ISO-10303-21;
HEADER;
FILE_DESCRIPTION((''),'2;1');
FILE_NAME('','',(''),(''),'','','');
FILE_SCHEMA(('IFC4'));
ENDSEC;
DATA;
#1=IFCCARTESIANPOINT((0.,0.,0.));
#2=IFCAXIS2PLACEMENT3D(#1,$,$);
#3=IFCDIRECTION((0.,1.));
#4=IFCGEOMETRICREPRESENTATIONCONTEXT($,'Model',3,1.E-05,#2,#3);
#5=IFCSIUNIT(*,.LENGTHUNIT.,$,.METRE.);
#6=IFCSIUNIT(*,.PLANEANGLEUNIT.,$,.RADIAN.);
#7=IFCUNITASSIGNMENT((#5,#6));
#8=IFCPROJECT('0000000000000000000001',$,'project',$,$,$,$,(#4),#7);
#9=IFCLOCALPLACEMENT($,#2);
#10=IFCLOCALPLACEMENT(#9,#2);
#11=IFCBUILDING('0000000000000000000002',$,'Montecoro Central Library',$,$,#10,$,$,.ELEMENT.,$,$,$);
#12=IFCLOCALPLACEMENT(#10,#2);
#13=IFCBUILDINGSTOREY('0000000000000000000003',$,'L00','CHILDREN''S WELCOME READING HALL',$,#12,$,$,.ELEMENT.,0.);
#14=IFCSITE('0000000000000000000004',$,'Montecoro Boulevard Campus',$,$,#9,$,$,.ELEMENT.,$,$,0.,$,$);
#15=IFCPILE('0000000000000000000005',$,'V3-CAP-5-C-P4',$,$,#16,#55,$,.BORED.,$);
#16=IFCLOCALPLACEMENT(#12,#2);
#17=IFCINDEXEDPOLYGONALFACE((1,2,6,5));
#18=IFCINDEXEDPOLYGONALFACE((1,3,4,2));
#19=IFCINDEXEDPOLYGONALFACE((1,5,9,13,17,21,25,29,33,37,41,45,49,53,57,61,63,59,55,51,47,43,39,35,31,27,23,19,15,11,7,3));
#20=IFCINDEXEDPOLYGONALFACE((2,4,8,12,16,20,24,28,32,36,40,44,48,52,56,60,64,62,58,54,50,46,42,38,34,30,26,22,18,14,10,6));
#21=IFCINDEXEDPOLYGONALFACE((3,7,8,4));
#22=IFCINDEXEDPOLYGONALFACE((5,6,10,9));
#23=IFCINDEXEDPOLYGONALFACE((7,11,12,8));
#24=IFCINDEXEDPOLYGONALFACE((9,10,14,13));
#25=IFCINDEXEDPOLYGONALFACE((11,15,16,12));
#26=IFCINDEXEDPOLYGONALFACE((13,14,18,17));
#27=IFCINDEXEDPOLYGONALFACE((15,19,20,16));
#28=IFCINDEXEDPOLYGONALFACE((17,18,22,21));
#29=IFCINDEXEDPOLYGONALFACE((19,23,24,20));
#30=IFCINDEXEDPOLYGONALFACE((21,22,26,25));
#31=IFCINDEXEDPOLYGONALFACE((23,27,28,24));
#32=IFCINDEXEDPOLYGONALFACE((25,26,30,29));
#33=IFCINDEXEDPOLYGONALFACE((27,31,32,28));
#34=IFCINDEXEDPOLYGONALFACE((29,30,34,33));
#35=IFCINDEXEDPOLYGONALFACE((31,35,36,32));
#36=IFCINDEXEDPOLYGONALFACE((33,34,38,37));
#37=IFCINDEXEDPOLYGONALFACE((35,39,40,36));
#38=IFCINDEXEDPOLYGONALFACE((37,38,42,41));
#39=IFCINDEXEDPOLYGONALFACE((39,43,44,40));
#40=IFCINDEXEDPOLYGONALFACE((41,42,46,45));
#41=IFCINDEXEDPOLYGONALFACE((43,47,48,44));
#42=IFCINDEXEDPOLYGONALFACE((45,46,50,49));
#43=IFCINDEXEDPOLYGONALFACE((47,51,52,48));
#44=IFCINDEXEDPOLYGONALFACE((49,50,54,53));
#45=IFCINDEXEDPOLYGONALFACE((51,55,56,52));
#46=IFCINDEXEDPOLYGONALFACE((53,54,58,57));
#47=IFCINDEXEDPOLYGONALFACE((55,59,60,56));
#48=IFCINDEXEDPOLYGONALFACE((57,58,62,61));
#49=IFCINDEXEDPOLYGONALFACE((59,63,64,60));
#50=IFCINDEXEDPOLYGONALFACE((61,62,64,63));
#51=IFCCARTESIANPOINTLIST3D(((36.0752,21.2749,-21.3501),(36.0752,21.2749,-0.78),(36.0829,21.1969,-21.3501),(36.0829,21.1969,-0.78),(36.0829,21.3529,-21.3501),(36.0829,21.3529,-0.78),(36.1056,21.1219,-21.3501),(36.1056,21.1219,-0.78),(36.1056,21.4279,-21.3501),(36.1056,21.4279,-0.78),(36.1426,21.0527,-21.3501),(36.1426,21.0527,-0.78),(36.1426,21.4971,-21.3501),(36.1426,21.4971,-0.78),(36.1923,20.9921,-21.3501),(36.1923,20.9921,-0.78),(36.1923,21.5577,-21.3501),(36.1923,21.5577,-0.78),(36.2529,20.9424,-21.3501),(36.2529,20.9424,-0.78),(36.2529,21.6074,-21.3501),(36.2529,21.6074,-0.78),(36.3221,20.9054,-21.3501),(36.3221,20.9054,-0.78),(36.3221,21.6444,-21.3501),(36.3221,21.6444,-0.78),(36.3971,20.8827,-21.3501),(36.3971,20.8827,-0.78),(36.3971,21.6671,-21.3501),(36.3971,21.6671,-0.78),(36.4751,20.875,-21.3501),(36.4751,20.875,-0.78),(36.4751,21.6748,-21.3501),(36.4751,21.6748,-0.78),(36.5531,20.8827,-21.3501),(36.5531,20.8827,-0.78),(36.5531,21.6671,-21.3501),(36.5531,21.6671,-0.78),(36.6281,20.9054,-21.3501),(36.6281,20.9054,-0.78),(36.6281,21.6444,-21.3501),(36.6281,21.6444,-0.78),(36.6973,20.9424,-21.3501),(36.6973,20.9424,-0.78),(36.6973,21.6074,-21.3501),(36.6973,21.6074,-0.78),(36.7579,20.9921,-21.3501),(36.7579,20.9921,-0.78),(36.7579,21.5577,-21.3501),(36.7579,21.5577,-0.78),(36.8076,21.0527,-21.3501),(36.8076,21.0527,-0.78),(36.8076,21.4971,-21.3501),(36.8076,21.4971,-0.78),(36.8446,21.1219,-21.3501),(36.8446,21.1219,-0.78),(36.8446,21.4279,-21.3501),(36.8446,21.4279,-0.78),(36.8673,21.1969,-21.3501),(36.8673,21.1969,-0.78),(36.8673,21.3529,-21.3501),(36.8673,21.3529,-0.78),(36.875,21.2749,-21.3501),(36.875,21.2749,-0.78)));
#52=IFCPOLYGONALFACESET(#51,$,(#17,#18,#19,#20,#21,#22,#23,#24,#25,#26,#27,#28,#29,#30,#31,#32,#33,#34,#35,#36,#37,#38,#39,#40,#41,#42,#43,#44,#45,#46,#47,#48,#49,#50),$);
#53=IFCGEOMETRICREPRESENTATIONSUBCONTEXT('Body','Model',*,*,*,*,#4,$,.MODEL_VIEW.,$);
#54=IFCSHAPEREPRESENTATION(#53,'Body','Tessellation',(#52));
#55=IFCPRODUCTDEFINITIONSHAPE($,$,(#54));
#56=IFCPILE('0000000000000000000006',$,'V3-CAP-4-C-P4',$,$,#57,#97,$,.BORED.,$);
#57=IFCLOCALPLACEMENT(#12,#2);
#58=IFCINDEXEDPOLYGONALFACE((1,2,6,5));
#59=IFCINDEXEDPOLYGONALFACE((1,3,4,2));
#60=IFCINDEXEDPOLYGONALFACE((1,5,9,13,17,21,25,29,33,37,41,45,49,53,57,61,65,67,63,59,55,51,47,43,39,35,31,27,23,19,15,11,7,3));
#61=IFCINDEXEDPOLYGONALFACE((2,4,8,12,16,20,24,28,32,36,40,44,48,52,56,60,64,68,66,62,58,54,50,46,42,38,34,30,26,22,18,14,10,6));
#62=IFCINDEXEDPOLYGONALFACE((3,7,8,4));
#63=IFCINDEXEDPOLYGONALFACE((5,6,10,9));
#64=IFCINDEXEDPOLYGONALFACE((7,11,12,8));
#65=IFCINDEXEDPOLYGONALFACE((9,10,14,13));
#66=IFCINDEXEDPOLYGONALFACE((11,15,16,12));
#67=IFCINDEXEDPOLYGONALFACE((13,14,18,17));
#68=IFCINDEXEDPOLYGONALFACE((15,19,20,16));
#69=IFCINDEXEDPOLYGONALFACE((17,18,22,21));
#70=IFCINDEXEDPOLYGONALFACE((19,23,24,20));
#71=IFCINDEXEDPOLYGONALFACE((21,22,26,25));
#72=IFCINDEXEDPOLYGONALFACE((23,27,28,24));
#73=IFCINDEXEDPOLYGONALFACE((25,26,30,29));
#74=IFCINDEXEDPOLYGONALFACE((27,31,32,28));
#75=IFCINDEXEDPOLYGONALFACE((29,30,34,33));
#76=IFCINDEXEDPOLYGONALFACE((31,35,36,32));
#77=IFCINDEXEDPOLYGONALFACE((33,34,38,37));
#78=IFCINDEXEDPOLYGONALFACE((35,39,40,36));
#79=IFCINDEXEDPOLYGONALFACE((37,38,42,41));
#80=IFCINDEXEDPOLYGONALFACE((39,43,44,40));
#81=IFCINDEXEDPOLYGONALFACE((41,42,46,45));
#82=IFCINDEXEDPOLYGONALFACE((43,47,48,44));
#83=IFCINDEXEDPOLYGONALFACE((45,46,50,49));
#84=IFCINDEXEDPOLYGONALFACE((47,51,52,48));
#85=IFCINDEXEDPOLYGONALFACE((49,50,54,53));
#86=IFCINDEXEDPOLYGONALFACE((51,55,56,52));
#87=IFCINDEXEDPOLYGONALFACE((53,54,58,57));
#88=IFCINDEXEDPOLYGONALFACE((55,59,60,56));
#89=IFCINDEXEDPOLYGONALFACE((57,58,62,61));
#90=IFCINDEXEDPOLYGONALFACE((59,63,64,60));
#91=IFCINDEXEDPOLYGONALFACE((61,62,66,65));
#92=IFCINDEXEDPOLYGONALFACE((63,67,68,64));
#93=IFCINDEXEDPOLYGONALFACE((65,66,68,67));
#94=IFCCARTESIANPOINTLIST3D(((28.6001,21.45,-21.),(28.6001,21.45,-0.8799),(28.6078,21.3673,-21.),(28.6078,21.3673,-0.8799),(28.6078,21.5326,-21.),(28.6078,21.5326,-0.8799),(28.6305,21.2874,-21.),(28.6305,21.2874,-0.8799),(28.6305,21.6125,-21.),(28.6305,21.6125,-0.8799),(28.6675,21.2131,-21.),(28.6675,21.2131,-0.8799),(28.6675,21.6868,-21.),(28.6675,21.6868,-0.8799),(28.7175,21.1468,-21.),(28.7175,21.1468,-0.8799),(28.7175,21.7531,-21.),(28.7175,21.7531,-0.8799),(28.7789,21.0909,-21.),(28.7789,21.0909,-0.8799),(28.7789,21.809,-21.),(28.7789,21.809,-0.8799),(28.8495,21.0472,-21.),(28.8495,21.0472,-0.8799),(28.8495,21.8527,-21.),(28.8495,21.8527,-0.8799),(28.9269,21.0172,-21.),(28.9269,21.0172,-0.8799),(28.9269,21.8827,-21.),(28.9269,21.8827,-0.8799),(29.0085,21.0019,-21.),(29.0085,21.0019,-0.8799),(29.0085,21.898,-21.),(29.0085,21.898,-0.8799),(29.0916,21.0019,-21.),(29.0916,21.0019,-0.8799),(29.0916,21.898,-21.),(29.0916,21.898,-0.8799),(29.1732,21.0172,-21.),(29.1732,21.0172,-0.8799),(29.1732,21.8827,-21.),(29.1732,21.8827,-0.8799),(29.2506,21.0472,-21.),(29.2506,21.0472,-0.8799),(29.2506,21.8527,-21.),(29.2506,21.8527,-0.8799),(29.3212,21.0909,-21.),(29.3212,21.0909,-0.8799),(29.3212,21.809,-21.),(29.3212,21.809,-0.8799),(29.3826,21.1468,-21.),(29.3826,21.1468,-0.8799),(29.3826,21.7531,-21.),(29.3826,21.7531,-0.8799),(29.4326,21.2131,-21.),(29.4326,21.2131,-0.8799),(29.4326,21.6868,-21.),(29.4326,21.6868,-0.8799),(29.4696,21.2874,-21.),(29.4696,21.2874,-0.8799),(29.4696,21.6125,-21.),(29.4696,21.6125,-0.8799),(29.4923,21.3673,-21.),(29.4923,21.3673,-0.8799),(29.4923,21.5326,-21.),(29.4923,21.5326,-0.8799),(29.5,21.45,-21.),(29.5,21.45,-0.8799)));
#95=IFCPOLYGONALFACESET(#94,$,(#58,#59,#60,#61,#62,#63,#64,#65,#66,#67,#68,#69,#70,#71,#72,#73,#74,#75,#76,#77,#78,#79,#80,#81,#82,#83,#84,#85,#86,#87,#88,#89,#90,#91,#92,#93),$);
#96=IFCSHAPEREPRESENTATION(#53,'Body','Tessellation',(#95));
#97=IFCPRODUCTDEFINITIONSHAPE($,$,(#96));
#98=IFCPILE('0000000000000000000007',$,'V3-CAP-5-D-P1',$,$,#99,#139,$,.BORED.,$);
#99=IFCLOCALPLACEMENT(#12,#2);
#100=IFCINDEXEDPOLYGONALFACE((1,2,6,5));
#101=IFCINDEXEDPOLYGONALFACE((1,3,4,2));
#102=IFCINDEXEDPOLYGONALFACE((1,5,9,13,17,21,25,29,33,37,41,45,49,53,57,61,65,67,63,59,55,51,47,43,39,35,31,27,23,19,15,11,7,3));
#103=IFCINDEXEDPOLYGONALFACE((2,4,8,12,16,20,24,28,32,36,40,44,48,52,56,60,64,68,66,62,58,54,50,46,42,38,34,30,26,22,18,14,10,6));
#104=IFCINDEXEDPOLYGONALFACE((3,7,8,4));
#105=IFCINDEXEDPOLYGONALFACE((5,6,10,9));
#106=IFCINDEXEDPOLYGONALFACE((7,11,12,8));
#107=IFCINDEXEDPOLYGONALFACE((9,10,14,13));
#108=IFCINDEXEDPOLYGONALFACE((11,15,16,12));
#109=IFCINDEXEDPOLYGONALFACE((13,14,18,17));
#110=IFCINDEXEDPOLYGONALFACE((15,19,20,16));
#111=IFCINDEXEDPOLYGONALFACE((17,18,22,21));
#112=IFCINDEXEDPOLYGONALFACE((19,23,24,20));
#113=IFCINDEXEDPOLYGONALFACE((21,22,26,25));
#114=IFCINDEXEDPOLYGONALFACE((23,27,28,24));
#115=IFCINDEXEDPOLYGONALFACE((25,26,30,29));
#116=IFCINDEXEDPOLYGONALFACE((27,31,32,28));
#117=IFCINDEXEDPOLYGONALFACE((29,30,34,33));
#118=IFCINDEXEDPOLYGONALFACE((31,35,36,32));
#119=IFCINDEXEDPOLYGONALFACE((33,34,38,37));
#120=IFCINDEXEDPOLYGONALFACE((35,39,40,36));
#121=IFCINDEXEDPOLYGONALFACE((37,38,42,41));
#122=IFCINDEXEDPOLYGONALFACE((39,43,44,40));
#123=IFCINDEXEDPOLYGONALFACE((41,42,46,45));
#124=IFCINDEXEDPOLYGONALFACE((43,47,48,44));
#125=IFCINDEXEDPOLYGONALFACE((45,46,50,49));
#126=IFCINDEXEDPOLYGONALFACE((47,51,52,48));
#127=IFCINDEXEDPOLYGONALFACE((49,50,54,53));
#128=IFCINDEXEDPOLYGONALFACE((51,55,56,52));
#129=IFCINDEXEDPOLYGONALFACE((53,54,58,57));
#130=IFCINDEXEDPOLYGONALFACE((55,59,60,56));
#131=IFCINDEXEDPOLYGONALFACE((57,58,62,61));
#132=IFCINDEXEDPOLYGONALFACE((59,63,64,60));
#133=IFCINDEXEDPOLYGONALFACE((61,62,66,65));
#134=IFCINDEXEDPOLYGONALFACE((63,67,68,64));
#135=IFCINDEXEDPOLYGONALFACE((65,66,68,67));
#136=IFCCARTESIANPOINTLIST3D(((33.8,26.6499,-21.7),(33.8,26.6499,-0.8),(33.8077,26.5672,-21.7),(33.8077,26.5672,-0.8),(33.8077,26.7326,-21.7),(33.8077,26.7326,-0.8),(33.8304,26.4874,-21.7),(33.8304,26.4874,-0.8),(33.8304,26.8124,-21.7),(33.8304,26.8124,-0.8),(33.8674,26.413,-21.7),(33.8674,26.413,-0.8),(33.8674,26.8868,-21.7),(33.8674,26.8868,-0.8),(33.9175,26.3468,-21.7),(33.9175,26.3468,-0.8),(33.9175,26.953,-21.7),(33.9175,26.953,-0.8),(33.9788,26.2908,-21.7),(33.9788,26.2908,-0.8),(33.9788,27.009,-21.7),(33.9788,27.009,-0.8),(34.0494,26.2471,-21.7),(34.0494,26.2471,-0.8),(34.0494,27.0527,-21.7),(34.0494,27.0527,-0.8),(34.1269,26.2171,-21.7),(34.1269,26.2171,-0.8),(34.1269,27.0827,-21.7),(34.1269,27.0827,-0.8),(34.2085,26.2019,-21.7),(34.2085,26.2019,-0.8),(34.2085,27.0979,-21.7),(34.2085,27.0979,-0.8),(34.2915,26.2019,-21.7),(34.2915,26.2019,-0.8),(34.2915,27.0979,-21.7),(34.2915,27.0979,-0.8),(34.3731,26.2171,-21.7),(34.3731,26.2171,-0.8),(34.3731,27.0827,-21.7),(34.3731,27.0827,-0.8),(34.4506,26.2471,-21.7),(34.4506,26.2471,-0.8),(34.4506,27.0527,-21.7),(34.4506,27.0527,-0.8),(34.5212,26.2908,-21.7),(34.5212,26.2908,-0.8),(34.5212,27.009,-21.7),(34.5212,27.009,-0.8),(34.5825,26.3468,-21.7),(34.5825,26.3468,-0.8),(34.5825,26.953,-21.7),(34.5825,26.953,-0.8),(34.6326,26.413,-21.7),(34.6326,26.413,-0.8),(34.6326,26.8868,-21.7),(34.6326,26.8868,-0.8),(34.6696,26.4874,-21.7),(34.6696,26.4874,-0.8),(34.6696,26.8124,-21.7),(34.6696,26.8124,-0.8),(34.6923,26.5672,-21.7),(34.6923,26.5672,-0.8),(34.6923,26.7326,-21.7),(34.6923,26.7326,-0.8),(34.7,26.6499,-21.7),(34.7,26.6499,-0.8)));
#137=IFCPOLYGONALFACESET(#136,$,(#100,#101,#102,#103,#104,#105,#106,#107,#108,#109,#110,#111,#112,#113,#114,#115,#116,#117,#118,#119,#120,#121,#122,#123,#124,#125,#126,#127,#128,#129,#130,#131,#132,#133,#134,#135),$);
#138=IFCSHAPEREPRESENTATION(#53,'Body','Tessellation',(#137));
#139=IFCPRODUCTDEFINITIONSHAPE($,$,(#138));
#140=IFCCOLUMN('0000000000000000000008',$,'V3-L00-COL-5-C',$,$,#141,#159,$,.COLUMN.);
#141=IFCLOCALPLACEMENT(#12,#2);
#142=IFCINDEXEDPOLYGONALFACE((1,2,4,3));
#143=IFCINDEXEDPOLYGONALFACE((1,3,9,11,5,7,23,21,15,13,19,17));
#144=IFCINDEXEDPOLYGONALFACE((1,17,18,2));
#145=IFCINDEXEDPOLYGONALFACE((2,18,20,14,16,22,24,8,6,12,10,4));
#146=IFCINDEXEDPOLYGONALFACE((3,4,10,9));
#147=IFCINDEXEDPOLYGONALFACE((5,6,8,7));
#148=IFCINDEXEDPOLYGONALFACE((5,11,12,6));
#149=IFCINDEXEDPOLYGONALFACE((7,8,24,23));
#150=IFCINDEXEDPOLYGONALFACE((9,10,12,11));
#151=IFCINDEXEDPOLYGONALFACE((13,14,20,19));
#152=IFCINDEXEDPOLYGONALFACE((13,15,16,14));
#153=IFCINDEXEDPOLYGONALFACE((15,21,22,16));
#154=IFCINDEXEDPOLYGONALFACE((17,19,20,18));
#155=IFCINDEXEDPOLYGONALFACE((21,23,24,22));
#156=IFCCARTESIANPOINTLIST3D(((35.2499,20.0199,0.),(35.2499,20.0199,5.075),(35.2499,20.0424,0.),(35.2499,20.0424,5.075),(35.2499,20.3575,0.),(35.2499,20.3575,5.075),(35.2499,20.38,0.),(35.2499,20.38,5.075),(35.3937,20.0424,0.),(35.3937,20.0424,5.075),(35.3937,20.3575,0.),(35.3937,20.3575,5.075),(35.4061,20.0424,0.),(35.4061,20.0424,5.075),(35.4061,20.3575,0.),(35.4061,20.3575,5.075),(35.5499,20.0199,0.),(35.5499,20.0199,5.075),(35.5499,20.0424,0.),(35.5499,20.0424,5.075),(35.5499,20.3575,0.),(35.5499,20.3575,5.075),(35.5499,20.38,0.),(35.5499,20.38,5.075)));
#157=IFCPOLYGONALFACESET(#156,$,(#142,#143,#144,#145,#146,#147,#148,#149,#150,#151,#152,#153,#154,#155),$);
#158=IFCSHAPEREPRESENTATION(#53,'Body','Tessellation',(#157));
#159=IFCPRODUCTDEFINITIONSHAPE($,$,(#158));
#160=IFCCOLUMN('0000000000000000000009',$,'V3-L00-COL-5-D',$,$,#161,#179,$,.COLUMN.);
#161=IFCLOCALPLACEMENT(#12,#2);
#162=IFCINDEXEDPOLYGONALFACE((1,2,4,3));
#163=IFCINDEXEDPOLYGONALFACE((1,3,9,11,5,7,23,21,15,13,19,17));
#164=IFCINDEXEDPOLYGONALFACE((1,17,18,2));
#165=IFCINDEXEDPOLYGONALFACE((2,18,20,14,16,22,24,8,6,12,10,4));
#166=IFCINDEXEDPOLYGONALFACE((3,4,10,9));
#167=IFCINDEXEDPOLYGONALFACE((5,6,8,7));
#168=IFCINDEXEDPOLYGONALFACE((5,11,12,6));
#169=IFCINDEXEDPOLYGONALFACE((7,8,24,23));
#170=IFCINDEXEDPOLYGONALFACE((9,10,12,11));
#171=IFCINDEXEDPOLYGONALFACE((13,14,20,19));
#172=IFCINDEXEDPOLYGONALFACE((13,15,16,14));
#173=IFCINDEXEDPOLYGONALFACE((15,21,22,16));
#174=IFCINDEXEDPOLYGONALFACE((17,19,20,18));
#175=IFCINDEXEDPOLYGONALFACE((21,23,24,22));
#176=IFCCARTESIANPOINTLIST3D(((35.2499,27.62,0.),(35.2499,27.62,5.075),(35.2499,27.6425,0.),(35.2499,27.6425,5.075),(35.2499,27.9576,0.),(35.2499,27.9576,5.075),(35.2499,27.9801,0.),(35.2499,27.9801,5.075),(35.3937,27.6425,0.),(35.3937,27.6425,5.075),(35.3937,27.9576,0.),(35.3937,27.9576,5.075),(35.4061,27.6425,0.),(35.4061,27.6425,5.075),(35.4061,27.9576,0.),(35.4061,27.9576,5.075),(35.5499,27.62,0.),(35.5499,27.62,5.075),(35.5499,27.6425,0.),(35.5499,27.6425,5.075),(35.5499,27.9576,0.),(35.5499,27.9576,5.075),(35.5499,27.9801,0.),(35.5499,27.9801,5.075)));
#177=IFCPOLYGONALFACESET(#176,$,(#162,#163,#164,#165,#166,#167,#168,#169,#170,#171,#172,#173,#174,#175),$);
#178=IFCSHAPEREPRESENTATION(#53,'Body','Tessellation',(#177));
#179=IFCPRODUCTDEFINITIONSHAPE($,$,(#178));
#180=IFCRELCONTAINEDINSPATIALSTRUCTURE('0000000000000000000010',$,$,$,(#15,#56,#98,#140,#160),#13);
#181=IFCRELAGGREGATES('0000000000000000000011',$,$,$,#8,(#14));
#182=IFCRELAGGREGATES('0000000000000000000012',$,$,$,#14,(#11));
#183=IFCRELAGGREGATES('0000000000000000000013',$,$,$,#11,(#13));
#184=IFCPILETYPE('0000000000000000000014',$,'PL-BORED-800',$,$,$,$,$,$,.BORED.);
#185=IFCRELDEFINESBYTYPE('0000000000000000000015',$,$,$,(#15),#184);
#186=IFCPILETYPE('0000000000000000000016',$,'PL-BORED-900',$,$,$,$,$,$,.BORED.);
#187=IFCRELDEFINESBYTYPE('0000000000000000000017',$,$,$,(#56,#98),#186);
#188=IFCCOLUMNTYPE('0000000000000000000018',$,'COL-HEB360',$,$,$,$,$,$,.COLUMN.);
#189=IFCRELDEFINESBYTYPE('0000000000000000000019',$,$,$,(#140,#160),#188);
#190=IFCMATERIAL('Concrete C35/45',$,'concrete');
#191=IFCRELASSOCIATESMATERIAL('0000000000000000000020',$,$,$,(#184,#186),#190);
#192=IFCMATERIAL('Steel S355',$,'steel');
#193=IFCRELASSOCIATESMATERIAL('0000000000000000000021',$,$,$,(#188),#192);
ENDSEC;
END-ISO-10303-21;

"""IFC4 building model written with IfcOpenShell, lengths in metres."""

from ifc_helpers import new_model, si_unit, direction, frame, origin, origin_2d, place, context, subcontext, project, spatial, circle, i_section, extrude, material, material_profile, profile_set, type_object, element, save


model = new_model("IFC4")

# Units and contexts
model_context = context("Model", 3, precision=1e-05, world=origin(), true_north=direction((0.0, 1.0)))
body_context = subcontext(model_context, "Body", "Model", "MODEL_VIEW")
ifc_project = project(units=[si_unit("LENGTHUNIT", "METRE"), si_unit("PLANEANGLEUNIT", "RADIAN")], contexts=[model_context])

# Site, building, storey
site_placement = place(None, origin())
site = spatial("IfcSite", under=ifc_project, at=site_placement, Name="Montecoro Boulevard Campus", CompositionType="ELEMENT", RefElevation=0.0)
building_placement = place(site_placement, origin())
building = spatial("IfcBuilding", under=site, at=building_placement, Name="Montecoro Central Library", CompositionType="ELEMENT")
storey_placement = place(building_placement, origin())
storey = spatial("IfcBuildingStorey", under=building, at=storey_placement, Name="L00", Description="CHILDREN'S WELCOME READING HALL", CompositionType="ELEMENT", Elevation=0.0)

# Shared definitions
ifc_material_1 = material(Name="Concrete C35/45", Category="concrete")

# Piles
ifc_material_profile_1 = material_profile(ifc_material_1, circle(Radius=0.3999, at=origin_2d()), Name="PILE D800")
ifc_profile_set_1 = profile_set([ifc_material_profile_1], Name="Concrete C35/45")
pile_type_1 = type_object("IfcPileType", Name="PL-BORED-800", PredefinedType="BORED", material=ifc_profile_set_1)
for number, where, z_axis, x_axis, name in (
    (1, (36.4751, 21.2749, -0.78), (0.0, 0.0, -1.0), (1.0, 0.0, 0.0), "V3-CAP-5-C-P4"),
):
    element("IfcPile", number, at=place(storey_placement, frame(where, z_axis=z_axis, x_axis=x_axis)), inside=storey, type_object=pile_type_1, Name=name, PredefinedType="BORED", context=body_context, shape_type="SweptSolid", body=[
        extrude(circle(Radius=0.3999, at=origin_2d()), origin(), (0.0, 0.0, 1.0), 20.5701),
    ])
ifc_material_profile_2 = material_profile(ifc_material_1, circle(Radius=0.45, at=origin_2d()), Name="PILE D900")
ifc_profile_set_2 = profile_set([ifc_material_profile_2], Name="Concrete C35/45")
pile_type_2 = type_object("IfcPileType", Name="PL-BORED-900", PredefinedType="BORED", material=ifc_profile_set_2)
pile_1_placement = place(storey_placement, frame((29.05, 21.45, -0.8799), z_axis=(0.0, 0.0, -1.0), x_axis=(1.0, 0.0, 0.0)))
element("IfcPile", 2, at=pile_1_placement, inside=storey, type_object=pile_type_2, Name="V3-CAP-4-C-P4", PredefinedType="BORED", context=body_context, shape_type="SweptSolid", body=[
    extrude(circle(Radius=0.45, at=origin_2d()), origin(), (0.0, 0.0, 1.0), 20.1201),
])
pile_2_placement = place(storey_placement, frame((34.25, 26.6499, -0.8), z_axis=(0.0, 0.0, -1.0), x_axis=(1.0, 0.0, 0.0)))
element("IfcPile", 3, at=pile_2_placement, inside=storey, type_object=pile_type_2, Name="V3-CAP-5-D-P1", PredefinedType="BORED", context=body_context, shape_type="SweptSolid", body=[
    extrude(circle(Radius=0.45, at=origin_2d()), origin(), (0.0, 0.0, 1.0), 20.8999),
])

# Columns
ifc_material_2 = material(Name="Steel S355", Category="steel")
ifc_material_profile_3 = material_profile(ifc_material_2, i_section(OverallWidth=0.3, OverallDepth=0.3601, WebThickness=0.0125, FlangeThickness=0.0225, at=origin_2d()), Name="HEB 360")
ifc_profile_set_3 = profile_set([ifc_material_profile_3], Name="Steel S355")
column_type = type_object("IfcColumnType", Name="COL-HEB360", PredefinedType="COLUMN", material=ifc_profile_set_3)
for number, where, z_axis, x_axis, name in (
    (4, (35.3999, 20.2, 0.0), (0.0, 0.0, 1.0), (1.0, 0.0, 0.0), "V3-L00-COL-5-C"),
    (5, (35.3999, 27.8, 0.0), (0.0, 0.0, 1.0), (1.0, 0.0, 0.0), "V3-L00-COL-5-D"),
):
    element("IfcColumn", number, at=place(storey_placement, frame(where, z_axis=z_axis, x_axis=x_axis)), inside=storey, type_object=column_type, Name=name, PredefinedType="COLUMN", context=body_context, shape_type="SweptSolid", body=[
        extrude(i_section(OverallWidth=0.3, OverallDepth=0.3601, WebThickness=0.0125, FlangeThickness=0.0225, at=origin_2d()), origin(), (0.0, 0.0, 1.0), 5.075),
    ])

save(model, "model.ifc")
